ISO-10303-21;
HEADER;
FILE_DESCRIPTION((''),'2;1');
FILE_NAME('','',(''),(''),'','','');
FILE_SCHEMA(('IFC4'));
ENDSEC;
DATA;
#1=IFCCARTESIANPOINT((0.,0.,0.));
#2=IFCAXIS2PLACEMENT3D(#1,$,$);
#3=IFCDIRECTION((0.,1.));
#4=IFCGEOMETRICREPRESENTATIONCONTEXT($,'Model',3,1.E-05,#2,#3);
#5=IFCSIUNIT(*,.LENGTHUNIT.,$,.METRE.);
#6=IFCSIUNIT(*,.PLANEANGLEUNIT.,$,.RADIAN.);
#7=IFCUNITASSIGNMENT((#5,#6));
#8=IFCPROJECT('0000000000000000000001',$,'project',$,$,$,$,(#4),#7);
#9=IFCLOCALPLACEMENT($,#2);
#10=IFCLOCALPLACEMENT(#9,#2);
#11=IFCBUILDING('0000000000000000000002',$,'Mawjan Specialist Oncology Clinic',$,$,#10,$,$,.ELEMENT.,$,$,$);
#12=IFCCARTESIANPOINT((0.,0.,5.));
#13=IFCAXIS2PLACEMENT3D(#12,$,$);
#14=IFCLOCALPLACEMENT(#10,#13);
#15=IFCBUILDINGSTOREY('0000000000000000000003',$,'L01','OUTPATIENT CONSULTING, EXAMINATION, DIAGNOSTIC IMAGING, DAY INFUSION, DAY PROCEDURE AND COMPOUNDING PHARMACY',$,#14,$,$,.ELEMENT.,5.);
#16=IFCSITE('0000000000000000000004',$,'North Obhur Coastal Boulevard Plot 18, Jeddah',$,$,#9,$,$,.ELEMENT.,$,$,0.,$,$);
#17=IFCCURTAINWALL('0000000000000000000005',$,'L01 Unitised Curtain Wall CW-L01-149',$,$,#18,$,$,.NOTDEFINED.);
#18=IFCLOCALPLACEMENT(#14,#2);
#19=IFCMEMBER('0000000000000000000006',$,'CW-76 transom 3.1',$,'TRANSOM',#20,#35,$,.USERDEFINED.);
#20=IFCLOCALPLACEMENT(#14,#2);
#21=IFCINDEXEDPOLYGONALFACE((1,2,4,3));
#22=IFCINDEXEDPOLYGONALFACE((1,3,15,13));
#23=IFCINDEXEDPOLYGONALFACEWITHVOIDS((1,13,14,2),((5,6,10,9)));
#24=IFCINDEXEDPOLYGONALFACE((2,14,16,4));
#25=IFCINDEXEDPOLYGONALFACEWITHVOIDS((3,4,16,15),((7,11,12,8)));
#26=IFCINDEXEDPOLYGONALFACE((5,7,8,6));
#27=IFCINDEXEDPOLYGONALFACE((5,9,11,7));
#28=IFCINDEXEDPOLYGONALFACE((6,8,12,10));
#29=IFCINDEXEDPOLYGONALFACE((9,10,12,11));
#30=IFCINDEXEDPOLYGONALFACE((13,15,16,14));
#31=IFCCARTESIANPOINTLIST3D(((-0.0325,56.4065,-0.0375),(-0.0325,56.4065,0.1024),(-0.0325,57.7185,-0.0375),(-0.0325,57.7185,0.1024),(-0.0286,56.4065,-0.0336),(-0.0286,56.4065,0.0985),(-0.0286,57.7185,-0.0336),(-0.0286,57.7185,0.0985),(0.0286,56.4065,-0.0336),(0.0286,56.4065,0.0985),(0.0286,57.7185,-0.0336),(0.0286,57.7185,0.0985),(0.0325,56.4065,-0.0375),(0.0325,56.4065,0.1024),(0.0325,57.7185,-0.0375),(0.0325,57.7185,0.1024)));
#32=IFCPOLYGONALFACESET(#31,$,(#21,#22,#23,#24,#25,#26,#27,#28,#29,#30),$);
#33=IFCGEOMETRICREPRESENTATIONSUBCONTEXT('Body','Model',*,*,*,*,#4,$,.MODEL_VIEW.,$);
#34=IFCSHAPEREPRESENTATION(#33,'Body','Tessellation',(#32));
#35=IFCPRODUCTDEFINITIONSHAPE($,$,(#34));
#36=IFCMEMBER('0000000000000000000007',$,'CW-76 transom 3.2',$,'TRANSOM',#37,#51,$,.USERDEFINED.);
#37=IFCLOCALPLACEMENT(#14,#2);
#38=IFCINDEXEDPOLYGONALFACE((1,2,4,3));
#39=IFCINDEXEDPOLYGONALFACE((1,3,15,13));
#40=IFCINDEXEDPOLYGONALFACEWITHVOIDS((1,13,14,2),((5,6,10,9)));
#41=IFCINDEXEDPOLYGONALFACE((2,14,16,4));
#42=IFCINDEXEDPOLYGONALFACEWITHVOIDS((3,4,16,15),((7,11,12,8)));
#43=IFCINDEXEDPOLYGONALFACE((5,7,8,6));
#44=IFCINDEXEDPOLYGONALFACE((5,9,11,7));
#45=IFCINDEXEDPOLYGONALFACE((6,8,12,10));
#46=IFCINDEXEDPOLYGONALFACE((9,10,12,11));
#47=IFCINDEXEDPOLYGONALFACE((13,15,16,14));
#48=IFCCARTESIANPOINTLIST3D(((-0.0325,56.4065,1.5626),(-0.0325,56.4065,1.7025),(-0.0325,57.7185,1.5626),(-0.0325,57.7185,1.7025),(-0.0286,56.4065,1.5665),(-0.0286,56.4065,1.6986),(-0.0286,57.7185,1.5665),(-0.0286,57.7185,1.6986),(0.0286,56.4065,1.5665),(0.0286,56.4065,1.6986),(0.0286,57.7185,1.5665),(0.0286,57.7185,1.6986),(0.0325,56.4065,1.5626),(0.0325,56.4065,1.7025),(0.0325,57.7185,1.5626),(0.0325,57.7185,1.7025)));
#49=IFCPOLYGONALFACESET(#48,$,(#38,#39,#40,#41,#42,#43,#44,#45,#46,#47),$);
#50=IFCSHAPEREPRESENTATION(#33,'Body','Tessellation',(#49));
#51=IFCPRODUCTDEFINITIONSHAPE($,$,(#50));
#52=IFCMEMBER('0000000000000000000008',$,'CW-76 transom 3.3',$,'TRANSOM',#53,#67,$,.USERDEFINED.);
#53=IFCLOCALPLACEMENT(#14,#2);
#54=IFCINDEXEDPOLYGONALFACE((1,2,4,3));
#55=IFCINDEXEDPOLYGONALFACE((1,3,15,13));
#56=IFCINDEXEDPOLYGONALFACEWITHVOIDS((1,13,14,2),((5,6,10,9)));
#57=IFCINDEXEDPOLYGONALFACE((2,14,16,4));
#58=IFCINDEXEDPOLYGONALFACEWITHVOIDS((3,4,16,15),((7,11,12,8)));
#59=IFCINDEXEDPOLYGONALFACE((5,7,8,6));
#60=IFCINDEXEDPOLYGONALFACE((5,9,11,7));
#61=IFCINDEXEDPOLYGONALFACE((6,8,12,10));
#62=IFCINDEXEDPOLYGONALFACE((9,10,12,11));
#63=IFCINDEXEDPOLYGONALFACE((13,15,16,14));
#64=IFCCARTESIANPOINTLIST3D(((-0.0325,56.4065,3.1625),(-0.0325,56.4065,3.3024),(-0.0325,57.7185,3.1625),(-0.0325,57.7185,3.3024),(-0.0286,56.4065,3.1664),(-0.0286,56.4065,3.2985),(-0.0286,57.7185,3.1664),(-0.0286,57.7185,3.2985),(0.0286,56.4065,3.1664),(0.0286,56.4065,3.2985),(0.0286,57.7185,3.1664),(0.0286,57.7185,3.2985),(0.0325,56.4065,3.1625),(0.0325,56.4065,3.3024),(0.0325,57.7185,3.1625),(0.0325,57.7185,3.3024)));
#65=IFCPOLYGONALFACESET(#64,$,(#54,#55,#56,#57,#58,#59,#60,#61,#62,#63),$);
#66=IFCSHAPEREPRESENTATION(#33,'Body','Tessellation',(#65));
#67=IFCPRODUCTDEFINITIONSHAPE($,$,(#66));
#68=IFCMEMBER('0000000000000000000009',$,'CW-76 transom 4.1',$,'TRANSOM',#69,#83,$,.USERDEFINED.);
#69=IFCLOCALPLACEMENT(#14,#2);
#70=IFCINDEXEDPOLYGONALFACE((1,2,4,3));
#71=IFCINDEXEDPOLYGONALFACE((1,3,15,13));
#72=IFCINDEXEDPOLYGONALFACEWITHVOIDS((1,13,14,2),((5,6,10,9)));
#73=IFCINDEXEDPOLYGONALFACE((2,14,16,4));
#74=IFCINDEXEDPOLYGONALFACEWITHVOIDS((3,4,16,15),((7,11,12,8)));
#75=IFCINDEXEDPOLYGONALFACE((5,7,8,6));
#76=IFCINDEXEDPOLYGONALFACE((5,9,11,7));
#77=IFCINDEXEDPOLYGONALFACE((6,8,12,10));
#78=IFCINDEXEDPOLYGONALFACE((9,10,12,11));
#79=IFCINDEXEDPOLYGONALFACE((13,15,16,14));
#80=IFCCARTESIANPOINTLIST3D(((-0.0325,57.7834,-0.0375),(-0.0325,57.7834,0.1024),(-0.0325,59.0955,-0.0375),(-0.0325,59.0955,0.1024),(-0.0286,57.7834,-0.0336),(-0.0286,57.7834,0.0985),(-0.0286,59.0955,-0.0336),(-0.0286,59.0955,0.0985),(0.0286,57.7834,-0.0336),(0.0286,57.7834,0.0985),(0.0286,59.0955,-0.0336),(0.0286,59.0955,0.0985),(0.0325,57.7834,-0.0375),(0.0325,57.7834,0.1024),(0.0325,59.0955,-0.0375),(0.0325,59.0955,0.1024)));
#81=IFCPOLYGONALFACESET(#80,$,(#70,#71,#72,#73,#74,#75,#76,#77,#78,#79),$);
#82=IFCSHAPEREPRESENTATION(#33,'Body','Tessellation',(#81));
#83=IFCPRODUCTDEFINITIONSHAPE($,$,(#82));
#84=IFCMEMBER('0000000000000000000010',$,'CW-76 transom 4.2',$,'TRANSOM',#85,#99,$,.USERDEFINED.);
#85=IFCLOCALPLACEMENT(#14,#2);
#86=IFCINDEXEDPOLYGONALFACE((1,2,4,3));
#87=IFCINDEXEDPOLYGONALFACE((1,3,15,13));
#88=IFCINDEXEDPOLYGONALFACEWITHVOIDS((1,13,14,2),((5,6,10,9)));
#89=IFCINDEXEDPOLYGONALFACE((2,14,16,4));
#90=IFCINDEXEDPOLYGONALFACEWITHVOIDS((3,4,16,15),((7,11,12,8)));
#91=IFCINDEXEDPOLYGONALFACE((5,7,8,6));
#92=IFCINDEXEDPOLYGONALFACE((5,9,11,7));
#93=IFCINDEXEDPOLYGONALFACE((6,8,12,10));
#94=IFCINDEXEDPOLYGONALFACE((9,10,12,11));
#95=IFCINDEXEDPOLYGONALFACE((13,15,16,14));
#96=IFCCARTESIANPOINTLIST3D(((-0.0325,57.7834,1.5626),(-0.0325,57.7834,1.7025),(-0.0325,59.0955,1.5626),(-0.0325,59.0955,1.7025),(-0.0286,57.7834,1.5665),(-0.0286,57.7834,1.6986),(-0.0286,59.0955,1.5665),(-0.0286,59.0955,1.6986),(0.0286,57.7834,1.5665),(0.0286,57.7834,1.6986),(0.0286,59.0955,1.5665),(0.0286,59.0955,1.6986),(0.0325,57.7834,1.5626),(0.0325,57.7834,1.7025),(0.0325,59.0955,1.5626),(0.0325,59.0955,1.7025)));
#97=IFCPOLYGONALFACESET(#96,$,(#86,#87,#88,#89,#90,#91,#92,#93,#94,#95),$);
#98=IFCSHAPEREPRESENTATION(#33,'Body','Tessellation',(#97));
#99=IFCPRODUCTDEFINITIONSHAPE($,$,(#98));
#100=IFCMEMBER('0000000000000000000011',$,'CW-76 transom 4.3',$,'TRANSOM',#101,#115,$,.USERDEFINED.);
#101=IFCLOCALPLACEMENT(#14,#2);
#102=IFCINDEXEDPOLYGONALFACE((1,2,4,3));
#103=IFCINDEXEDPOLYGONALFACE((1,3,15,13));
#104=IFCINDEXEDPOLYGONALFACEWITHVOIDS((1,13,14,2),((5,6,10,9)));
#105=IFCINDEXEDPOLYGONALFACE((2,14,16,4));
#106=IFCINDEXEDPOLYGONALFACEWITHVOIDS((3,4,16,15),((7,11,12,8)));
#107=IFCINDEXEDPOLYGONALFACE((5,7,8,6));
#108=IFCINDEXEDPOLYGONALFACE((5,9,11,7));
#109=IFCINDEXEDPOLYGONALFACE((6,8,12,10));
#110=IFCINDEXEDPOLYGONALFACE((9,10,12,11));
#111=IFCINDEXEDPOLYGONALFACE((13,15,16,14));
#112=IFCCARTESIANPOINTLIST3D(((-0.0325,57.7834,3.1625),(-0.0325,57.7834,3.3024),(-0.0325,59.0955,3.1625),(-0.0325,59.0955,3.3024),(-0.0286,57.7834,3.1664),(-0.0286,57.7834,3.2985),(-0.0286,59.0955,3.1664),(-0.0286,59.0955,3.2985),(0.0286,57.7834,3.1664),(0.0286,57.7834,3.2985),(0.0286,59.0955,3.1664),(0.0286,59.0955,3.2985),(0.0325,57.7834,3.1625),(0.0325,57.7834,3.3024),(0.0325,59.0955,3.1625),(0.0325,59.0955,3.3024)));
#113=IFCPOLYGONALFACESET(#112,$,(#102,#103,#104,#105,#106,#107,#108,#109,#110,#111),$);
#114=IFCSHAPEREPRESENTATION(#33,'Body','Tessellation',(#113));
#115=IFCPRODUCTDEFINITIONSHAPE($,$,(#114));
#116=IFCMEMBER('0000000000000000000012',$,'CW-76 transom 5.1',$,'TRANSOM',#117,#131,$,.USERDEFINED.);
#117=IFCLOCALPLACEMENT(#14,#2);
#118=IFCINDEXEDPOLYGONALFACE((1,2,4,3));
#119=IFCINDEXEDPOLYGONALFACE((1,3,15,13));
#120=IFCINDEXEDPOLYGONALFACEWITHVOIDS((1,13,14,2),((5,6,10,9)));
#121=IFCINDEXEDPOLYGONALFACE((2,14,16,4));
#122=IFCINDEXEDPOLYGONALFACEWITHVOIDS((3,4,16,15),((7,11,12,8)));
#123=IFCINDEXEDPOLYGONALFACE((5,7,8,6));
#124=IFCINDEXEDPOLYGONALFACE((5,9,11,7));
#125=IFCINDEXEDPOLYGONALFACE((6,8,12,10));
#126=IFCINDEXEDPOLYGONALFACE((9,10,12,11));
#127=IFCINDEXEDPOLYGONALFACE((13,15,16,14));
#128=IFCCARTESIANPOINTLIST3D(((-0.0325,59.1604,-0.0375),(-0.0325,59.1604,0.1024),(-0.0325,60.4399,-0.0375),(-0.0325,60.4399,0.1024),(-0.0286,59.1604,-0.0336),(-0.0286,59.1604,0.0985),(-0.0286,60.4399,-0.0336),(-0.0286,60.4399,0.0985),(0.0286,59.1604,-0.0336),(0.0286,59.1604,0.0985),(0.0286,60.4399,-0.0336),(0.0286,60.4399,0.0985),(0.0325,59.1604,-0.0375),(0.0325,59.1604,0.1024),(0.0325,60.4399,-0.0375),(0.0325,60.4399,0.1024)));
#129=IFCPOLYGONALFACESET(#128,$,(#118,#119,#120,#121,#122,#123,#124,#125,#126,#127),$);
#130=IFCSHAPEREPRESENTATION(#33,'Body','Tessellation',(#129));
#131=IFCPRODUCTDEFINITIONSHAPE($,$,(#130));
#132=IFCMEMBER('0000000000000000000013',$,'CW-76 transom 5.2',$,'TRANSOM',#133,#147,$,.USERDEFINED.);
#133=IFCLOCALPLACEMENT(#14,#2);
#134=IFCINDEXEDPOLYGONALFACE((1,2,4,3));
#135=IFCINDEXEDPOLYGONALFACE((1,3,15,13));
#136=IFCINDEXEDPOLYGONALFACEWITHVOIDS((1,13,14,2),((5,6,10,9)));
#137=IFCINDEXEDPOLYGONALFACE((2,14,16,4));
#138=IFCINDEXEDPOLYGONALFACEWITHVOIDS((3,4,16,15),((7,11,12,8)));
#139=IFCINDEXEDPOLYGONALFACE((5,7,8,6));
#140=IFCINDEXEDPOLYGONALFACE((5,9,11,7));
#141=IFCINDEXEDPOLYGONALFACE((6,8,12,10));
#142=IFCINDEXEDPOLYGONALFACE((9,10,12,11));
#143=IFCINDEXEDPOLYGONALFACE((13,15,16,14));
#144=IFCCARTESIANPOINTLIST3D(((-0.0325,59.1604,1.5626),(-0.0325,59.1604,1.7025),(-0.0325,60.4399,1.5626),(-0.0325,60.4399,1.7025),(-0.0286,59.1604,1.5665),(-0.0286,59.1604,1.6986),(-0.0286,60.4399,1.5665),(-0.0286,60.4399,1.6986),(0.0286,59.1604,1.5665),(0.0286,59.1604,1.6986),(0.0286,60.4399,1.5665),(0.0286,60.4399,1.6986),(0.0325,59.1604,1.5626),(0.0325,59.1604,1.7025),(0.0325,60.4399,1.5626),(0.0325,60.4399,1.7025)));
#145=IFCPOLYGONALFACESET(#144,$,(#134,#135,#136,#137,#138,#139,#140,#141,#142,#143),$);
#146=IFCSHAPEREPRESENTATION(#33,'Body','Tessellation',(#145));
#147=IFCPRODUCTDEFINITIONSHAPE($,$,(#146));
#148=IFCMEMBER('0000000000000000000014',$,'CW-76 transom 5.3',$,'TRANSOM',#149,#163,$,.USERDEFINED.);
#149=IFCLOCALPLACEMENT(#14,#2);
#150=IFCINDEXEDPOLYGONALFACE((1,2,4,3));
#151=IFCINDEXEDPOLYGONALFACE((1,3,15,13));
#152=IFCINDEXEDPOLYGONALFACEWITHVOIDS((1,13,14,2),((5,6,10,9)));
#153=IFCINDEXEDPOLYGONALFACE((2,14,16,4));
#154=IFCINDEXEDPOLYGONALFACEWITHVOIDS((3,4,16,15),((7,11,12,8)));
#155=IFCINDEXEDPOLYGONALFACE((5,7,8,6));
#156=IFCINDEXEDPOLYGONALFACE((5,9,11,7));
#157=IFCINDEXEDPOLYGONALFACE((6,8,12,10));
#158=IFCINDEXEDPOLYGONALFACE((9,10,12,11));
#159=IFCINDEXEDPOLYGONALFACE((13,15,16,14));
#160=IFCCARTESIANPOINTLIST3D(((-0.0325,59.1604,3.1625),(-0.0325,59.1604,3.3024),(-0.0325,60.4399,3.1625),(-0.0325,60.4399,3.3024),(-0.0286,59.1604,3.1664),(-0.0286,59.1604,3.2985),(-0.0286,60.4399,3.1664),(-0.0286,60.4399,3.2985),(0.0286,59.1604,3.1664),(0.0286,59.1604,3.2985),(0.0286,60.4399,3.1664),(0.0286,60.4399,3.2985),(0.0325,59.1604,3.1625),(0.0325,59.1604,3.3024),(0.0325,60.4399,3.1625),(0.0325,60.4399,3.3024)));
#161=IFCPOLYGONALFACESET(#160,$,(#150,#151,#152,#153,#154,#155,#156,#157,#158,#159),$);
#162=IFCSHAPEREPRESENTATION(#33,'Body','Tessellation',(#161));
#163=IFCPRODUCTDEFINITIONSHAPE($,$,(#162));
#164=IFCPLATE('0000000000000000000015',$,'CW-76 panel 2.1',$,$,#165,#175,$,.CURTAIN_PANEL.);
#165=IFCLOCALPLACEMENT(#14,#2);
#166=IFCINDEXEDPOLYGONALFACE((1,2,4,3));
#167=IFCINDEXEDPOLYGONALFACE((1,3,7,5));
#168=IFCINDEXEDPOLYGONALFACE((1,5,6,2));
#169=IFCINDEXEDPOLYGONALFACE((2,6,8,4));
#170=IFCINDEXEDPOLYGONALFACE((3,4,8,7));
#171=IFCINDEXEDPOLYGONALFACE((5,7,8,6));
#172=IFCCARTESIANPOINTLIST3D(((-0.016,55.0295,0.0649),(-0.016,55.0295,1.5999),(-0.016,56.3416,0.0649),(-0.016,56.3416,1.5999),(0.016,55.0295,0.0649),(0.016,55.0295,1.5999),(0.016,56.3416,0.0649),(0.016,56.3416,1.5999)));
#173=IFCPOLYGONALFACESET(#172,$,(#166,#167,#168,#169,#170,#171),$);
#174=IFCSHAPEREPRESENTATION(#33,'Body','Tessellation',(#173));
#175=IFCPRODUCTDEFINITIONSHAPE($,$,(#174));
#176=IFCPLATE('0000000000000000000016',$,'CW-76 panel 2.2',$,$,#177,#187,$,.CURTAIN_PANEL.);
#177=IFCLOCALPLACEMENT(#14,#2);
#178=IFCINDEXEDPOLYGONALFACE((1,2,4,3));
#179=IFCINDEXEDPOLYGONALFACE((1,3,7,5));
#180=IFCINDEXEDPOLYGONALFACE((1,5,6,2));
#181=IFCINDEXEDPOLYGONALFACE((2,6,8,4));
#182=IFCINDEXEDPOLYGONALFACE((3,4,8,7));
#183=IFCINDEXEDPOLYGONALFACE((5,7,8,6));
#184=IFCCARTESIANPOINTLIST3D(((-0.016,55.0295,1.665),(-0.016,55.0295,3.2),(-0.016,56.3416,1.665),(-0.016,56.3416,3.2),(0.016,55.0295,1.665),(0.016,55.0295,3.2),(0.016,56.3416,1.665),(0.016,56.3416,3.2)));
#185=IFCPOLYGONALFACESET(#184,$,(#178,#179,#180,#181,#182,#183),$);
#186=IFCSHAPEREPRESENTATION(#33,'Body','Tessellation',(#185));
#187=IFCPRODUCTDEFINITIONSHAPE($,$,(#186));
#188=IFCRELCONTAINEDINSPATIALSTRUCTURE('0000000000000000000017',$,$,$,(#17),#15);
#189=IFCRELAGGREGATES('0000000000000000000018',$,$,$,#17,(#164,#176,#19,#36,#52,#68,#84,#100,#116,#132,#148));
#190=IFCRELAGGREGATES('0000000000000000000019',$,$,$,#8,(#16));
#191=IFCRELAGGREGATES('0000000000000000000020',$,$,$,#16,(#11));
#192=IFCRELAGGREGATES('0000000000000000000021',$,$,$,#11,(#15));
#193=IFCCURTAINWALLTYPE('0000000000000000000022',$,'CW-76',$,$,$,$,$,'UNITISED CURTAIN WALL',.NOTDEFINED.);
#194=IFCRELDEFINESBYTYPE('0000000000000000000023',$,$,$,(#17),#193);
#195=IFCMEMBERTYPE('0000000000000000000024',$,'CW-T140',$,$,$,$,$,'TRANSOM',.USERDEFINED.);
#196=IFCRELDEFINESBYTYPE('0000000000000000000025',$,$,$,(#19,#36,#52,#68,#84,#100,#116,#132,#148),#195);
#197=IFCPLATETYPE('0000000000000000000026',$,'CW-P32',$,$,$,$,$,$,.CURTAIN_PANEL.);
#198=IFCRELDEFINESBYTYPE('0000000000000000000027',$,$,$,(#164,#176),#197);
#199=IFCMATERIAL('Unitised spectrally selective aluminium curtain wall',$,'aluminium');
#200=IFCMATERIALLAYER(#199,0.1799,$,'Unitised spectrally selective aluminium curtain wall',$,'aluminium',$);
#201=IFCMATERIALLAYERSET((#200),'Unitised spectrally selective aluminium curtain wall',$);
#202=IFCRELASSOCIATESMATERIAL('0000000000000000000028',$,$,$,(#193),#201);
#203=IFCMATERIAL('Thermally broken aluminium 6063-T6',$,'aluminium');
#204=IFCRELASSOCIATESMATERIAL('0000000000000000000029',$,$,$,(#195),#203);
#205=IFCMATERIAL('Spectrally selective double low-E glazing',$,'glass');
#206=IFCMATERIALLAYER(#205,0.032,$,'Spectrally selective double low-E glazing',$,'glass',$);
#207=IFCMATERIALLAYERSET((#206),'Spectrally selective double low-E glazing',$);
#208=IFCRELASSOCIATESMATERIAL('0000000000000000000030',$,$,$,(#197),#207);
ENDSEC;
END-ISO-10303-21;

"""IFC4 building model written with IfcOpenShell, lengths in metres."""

from ifc_helpers import new_model, si_unit, direction, frame, origin, origin_2d, place, context, subcontext, project, spatial, rectangle, hollow_rectangle, extrude, material, layer, layer_set, material_profile, profile_set, type_object, element, aggregate, save


model = new_model("IFC4")

# Units and contexts
model_context = context("Model", 3, precision=1e-05, world=origin(), true_north=direction((0.0, 1.0)))
body_context = subcontext(model_context, "Body", "Model", "MODEL_VIEW")
ifc_project = project(units=[si_unit("LENGTHUNIT", "METRE"), si_unit("PLANEANGLEUNIT", "RADIAN")], contexts=[model_context])

# Site, building, storey
site_placement = place(None, origin())
site = spatial("IfcSite", under=ifc_project, at=site_placement, Name="North Obhur Coastal Boulevard Plot 18, Jeddah", CompositionType="ELEMENT", RefElevation=0.0)
building_placement = place(site_placement, origin())
building = spatial("IfcBuilding", under=site, at=building_placement, Name="Mawjan Specialist Oncology Clinic", CompositionType="ELEMENT")
storey_placement = place(building_placement, frame((0.0, 0.0, 5.0)))
storey = spatial("IfcBuildingStorey", under=building, at=storey_placement, Name="L01", Description="OUTPATIENT CONSULTING, EXAMINATION, DIAGNOSTIC IMAGING, DAY INFUSION, DAY PROCEDURE AND COMPOUNDING PHARMACY", CompositionType="ELEMENT", Elevation=5.0)

# Curtain wall, members, plates
ifc_material_1 = material(Name="Unitised spectrally selective aluminium curtain wall", Category="aluminium")
ifc_layer_1 = layer(ifc_material_1, 0.1799, Name="Unitised spectrally selective aluminium curtain wall", Category="aluminium")
ifc_layer_set_1 = layer_set([ifc_layer_1], Name="Unitised spectrally selective aluminium curtain wall")
curtain_wall_type = type_object("IfcCurtainWallType", Name="CW-76", ElementType="UNITISED CURTAIN WALL", PredefinedType="NOTDEFINED", material=ifc_layer_set_1)
curtain_wall_placement = place(storey_placement, origin())
curtain_wall = element("IfcCurtainWall", 1, at=curtain_wall_placement, inside=storey, type_object=curtain_wall_type, Name="L01 Unitised Curtain Wall CW-L01-149", PredefinedType="NOTDEFINED")
ifc_material_2 = material(Name="Thermally broken aluminium 6063-T6", Category="aluminium")
ifc_material_profile_1 = material_profile(ifc_material_2, hollow_rectangle(XDim=0.0649, YDim=0.1399, WallThickness=0.0039, at=origin_2d()), Name="ALU TRANSOM 140x65x4", Category="aluminium")
ifc_profile_set_1 = profile_set([ifc_material_profile_1], Name="Thermally broken aluminium 6063-T6")
member_type_1 = type_object("IfcMemberType", Name="CW-T140", ElementType="TRANSOM", PredefinedType="USERDEFINED", material=ifc_profile_set_1)
member_1_placement = place(storey_placement, frame((0.0, 56.4065, 0.0325), z_axis=(0.0, 1.0, 0.0), x_axis=(-1.0, 0.0, 0.0)))
member_1 = element("IfcMember", 2, at=member_1_placement, type_object=member_type_1, Name="CW-76 transom 3.1", ObjectType="TRANSOM", PredefinedType="USERDEFINED", context=body_context, shape_type="SweptSolid", body=[
    extrude(hollow_rectangle(XDim=0.0649, YDim=0.1399, WallThickness=0.0039, at=origin_2d()), origin(), (0.0, 0.0, 1.0), 1.312),
])
member_2_placement = place(storey_placement, frame((0.0, 56.4065, 1.6326), z_axis=(0.0, 1.0, 0.0), x_axis=(-1.0, 0.0, 0.0)))
member_2 = element("IfcMember", 3, at=member_2_placement, type_object=member_type_1, Name="CW-76 transom 3.2", ObjectType="TRANSOM", PredefinedType="USERDEFINED", context=body_context, shape_type="SweptSolid", body=[
    extrude(hollow_rectangle(XDim=0.0649, YDim=0.1399, WallThickness=0.0039, at=origin_2d()), origin(), (0.0, 0.0, 1.0), 1.312),
])
member_3_placement = place(storey_placement, frame((0.0, 56.4065, 3.2324), z_axis=(0.0, 1.0, 0.0), x_axis=(-1.0, 0.0, 0.0)))
member_3 = element("IfcMember", 4, at=member_3_placement, type_object=member_type_1, Name="CW-76 transom 3.3", ObjectType="TRANSOM", PredefinedType="USERDEFINED", context=body_context, shape_type="SweptSolid", body=[
    extrude(hollow_rectangle(XDim=0.0649, YDim=0.1399, WallThickness=0.0039, at=origin_2d()), origin(), (0.0, 0.0, 1.0), 1.312),
])
member_4_placement = place(storey_placement, frame((0.0, 57.7834, 0.0325), z_axis=(0.0, 1.0, 0.0), x_axis=(-1.0, 0.0, 0.0)))
member_4 = element("IfcMember", 5, at=member_4_placement, type_object=member_type_1, Name="CW-76 transom 4.1", ObjectType="TRANSOM", PredefinedType="USERDEFINED", context=body_context, shape_type="SweptSolid", body=[
    extrude(hollow_rectangle(XDim=0.0649, YDim=0.1399, WallThickness=0.0039, at=origin_2d()), origin(), (0.0, 0.0, 1.0), 1.312),
])
member_5_placement = place(storey_placement, frame((0.0, 57.7834, 1.6326), z_axis=(0.0, 1.0, 0.0), x_axis=(-1.0, 0.0, 0.0)))
member_5 = element("IfcMember", 6, at=member_5_placement, type_object=member_type_1, Name="CW-76 transom 4.2", ObjectType="TRANSOM", PredefinedType="USERDEFINED", context=body_context, shape_type="SweptSolid", body=[
    extrude(hollow_rectangle(XDim=0.0649, YDim=0.1399, WallThickness=0.0039, at=origin_2d()), origin(), (0.0, 0.0, 1.0), 1.312),
])
member_6_placement = place(storey_placement, frame((0.0, 57.7834, 3.2324), z_axis=(0.0, 1.0, 0.0), x_axis=(-1.0, 0.0, 0.0)))
member_6 = element("IfcMember", 7, at=member_6_placement, type_object=member_type_1, Name="CW-76 transom 4.3", ObjectType="TRANSOM", PredefinedType="USERDEFINED", context=body_context, shape_type="SweptSolid", body=[
    extrude(hollow_rectangle(XDim=0.0649, YDim=0.1399, WallThickness=0.0039, at=origin_2d()), origin(), (0.0, 0.0, 1.0), 1.312),
])
member_7_placement = place(storey_placement, frame((0.0, 59.1604, 0.0325), z_axis=(0.0, 1.0, 0.0), x_axis=(-1.0, 0.0, 0.0)))
member_7 = element("IfcMember", 8, at=member_7_placement, type_object=member_type_1, Name="CW-76 transom 5.1", ObjectType="TRANSOM", PredefinedType="USERDEFINED", context=body_context, shape_type="SweptSolid", body=[
    extrude(hollow_rectangle(XDim=0.0649, YDim=0.1399, WallThickness=0.0039, at=origin_2d()), origin(), (0.0, 0.0, 1.0), 1.2795),
])
member_8_placement = place(storey_placement, frame((0.0, 59.1604, 1.6326), z_axis=(0.0, 1.0, 0.0), x_axis=(-1.0, 0.0, 0.0)))
member_8 = element("IfcMember", 9, at=member_8_placement, type_object=member_type_1, Name="CW-76 transom 5.2", ObjectType="TRANSOM", PredefinedType="USERDEFINED", context=body_context, shape_type="SweptSolid", body=[
    extrude(hollow_rectangle(XDim=0.0649, YDim=0.1399, WallThickness=0.0039, at=origin_2d()), origin(), (0.0, 0.0, 1.0), 1.2795),
])
member_9_placement = place(storey_placement, frame((0.0, 59.1604, 3.2324), z_axis=(0.0, 1.0, 0.0), x_axis=(-1.0, 0.0, 0.0)))
member_9 = element("IfcMember", 10, at=member_9_placement, type_object=member_type_1, Name="CW-76 transom 5.3", ObjectType="TRANSOM", PredefinedType="USERDEFINED", context=body_context, shape_type="SweptSolid", body=[
    extrude(hollow_rectangle(XDim=0.0649, YDim=0.1399, WallThickness=0.0039, at=origin_2d()), origin(), (0.0, 0.0, 1.0), 1.2795),
])
ifc_material_3 = material(Name="Spectrally selective double low-E glazing", Category="glass")
ifc_layer_2 = layer(ifc_material_3, 0.032, Name="Spectrally selective double low-E glazing", Category="glass")
ifc_layer_set_2 = layer_set([ifc_layer_2], Name="Spectrally selective double low-E glazing")
plate_type = type_object("IfcPlateType", Name="CW-P32", PredefinedType="CURTAIN_PANEL", material=ifc_layer_set_2)
plate_1_placement = place(storey_placement, frame((0.0, 55.6855, 0.0649), z_axis=(0.0, 0.0, 1.0), x_axis=(0.0, 1.0, 0.0)))
plate_1 = element("IfcPlate", 11, at=plate_1_placement, type_object=plate_type, Name="CW-76 panel 2.1", PredefinedType="CURTAIN_PANEL", context=body_context, shape_type="SweptSolid", body=[
    extrude(rectangle(XDim=1.312, YDim=0.032, at=origin_2d()), origin(), (0.0, 0.0, 1.0), 1.5349),
])
plate_2_placement = place(storey_placement, frame((0.0, 55.6855, 1.665), z_axis=(0.0, 0.0, 1.0), x_axis=(0.0, 1.0, 0.0)))
plate_2 = element("IfcPlate", 12, at=plate_2_placement, type_object=plate_type, Name="CW-76 panel 2.2", PredefinedType="CURTAIN_PANEL", context=body_context, shape_type="SweptSolid", body=[
    extrude(rectangle(XDim=1.312, YDim=0.032, at=origin_2d()), origin(), (0.0, 0.0, 1.0), 1.5349),
])
aggregate(curtain_wall, [plate_1, plate_2, member_1, member_2, member_3, member_4, member_5, member_6, member_7, member_8, member_9])

save(model, "model.ifc")
